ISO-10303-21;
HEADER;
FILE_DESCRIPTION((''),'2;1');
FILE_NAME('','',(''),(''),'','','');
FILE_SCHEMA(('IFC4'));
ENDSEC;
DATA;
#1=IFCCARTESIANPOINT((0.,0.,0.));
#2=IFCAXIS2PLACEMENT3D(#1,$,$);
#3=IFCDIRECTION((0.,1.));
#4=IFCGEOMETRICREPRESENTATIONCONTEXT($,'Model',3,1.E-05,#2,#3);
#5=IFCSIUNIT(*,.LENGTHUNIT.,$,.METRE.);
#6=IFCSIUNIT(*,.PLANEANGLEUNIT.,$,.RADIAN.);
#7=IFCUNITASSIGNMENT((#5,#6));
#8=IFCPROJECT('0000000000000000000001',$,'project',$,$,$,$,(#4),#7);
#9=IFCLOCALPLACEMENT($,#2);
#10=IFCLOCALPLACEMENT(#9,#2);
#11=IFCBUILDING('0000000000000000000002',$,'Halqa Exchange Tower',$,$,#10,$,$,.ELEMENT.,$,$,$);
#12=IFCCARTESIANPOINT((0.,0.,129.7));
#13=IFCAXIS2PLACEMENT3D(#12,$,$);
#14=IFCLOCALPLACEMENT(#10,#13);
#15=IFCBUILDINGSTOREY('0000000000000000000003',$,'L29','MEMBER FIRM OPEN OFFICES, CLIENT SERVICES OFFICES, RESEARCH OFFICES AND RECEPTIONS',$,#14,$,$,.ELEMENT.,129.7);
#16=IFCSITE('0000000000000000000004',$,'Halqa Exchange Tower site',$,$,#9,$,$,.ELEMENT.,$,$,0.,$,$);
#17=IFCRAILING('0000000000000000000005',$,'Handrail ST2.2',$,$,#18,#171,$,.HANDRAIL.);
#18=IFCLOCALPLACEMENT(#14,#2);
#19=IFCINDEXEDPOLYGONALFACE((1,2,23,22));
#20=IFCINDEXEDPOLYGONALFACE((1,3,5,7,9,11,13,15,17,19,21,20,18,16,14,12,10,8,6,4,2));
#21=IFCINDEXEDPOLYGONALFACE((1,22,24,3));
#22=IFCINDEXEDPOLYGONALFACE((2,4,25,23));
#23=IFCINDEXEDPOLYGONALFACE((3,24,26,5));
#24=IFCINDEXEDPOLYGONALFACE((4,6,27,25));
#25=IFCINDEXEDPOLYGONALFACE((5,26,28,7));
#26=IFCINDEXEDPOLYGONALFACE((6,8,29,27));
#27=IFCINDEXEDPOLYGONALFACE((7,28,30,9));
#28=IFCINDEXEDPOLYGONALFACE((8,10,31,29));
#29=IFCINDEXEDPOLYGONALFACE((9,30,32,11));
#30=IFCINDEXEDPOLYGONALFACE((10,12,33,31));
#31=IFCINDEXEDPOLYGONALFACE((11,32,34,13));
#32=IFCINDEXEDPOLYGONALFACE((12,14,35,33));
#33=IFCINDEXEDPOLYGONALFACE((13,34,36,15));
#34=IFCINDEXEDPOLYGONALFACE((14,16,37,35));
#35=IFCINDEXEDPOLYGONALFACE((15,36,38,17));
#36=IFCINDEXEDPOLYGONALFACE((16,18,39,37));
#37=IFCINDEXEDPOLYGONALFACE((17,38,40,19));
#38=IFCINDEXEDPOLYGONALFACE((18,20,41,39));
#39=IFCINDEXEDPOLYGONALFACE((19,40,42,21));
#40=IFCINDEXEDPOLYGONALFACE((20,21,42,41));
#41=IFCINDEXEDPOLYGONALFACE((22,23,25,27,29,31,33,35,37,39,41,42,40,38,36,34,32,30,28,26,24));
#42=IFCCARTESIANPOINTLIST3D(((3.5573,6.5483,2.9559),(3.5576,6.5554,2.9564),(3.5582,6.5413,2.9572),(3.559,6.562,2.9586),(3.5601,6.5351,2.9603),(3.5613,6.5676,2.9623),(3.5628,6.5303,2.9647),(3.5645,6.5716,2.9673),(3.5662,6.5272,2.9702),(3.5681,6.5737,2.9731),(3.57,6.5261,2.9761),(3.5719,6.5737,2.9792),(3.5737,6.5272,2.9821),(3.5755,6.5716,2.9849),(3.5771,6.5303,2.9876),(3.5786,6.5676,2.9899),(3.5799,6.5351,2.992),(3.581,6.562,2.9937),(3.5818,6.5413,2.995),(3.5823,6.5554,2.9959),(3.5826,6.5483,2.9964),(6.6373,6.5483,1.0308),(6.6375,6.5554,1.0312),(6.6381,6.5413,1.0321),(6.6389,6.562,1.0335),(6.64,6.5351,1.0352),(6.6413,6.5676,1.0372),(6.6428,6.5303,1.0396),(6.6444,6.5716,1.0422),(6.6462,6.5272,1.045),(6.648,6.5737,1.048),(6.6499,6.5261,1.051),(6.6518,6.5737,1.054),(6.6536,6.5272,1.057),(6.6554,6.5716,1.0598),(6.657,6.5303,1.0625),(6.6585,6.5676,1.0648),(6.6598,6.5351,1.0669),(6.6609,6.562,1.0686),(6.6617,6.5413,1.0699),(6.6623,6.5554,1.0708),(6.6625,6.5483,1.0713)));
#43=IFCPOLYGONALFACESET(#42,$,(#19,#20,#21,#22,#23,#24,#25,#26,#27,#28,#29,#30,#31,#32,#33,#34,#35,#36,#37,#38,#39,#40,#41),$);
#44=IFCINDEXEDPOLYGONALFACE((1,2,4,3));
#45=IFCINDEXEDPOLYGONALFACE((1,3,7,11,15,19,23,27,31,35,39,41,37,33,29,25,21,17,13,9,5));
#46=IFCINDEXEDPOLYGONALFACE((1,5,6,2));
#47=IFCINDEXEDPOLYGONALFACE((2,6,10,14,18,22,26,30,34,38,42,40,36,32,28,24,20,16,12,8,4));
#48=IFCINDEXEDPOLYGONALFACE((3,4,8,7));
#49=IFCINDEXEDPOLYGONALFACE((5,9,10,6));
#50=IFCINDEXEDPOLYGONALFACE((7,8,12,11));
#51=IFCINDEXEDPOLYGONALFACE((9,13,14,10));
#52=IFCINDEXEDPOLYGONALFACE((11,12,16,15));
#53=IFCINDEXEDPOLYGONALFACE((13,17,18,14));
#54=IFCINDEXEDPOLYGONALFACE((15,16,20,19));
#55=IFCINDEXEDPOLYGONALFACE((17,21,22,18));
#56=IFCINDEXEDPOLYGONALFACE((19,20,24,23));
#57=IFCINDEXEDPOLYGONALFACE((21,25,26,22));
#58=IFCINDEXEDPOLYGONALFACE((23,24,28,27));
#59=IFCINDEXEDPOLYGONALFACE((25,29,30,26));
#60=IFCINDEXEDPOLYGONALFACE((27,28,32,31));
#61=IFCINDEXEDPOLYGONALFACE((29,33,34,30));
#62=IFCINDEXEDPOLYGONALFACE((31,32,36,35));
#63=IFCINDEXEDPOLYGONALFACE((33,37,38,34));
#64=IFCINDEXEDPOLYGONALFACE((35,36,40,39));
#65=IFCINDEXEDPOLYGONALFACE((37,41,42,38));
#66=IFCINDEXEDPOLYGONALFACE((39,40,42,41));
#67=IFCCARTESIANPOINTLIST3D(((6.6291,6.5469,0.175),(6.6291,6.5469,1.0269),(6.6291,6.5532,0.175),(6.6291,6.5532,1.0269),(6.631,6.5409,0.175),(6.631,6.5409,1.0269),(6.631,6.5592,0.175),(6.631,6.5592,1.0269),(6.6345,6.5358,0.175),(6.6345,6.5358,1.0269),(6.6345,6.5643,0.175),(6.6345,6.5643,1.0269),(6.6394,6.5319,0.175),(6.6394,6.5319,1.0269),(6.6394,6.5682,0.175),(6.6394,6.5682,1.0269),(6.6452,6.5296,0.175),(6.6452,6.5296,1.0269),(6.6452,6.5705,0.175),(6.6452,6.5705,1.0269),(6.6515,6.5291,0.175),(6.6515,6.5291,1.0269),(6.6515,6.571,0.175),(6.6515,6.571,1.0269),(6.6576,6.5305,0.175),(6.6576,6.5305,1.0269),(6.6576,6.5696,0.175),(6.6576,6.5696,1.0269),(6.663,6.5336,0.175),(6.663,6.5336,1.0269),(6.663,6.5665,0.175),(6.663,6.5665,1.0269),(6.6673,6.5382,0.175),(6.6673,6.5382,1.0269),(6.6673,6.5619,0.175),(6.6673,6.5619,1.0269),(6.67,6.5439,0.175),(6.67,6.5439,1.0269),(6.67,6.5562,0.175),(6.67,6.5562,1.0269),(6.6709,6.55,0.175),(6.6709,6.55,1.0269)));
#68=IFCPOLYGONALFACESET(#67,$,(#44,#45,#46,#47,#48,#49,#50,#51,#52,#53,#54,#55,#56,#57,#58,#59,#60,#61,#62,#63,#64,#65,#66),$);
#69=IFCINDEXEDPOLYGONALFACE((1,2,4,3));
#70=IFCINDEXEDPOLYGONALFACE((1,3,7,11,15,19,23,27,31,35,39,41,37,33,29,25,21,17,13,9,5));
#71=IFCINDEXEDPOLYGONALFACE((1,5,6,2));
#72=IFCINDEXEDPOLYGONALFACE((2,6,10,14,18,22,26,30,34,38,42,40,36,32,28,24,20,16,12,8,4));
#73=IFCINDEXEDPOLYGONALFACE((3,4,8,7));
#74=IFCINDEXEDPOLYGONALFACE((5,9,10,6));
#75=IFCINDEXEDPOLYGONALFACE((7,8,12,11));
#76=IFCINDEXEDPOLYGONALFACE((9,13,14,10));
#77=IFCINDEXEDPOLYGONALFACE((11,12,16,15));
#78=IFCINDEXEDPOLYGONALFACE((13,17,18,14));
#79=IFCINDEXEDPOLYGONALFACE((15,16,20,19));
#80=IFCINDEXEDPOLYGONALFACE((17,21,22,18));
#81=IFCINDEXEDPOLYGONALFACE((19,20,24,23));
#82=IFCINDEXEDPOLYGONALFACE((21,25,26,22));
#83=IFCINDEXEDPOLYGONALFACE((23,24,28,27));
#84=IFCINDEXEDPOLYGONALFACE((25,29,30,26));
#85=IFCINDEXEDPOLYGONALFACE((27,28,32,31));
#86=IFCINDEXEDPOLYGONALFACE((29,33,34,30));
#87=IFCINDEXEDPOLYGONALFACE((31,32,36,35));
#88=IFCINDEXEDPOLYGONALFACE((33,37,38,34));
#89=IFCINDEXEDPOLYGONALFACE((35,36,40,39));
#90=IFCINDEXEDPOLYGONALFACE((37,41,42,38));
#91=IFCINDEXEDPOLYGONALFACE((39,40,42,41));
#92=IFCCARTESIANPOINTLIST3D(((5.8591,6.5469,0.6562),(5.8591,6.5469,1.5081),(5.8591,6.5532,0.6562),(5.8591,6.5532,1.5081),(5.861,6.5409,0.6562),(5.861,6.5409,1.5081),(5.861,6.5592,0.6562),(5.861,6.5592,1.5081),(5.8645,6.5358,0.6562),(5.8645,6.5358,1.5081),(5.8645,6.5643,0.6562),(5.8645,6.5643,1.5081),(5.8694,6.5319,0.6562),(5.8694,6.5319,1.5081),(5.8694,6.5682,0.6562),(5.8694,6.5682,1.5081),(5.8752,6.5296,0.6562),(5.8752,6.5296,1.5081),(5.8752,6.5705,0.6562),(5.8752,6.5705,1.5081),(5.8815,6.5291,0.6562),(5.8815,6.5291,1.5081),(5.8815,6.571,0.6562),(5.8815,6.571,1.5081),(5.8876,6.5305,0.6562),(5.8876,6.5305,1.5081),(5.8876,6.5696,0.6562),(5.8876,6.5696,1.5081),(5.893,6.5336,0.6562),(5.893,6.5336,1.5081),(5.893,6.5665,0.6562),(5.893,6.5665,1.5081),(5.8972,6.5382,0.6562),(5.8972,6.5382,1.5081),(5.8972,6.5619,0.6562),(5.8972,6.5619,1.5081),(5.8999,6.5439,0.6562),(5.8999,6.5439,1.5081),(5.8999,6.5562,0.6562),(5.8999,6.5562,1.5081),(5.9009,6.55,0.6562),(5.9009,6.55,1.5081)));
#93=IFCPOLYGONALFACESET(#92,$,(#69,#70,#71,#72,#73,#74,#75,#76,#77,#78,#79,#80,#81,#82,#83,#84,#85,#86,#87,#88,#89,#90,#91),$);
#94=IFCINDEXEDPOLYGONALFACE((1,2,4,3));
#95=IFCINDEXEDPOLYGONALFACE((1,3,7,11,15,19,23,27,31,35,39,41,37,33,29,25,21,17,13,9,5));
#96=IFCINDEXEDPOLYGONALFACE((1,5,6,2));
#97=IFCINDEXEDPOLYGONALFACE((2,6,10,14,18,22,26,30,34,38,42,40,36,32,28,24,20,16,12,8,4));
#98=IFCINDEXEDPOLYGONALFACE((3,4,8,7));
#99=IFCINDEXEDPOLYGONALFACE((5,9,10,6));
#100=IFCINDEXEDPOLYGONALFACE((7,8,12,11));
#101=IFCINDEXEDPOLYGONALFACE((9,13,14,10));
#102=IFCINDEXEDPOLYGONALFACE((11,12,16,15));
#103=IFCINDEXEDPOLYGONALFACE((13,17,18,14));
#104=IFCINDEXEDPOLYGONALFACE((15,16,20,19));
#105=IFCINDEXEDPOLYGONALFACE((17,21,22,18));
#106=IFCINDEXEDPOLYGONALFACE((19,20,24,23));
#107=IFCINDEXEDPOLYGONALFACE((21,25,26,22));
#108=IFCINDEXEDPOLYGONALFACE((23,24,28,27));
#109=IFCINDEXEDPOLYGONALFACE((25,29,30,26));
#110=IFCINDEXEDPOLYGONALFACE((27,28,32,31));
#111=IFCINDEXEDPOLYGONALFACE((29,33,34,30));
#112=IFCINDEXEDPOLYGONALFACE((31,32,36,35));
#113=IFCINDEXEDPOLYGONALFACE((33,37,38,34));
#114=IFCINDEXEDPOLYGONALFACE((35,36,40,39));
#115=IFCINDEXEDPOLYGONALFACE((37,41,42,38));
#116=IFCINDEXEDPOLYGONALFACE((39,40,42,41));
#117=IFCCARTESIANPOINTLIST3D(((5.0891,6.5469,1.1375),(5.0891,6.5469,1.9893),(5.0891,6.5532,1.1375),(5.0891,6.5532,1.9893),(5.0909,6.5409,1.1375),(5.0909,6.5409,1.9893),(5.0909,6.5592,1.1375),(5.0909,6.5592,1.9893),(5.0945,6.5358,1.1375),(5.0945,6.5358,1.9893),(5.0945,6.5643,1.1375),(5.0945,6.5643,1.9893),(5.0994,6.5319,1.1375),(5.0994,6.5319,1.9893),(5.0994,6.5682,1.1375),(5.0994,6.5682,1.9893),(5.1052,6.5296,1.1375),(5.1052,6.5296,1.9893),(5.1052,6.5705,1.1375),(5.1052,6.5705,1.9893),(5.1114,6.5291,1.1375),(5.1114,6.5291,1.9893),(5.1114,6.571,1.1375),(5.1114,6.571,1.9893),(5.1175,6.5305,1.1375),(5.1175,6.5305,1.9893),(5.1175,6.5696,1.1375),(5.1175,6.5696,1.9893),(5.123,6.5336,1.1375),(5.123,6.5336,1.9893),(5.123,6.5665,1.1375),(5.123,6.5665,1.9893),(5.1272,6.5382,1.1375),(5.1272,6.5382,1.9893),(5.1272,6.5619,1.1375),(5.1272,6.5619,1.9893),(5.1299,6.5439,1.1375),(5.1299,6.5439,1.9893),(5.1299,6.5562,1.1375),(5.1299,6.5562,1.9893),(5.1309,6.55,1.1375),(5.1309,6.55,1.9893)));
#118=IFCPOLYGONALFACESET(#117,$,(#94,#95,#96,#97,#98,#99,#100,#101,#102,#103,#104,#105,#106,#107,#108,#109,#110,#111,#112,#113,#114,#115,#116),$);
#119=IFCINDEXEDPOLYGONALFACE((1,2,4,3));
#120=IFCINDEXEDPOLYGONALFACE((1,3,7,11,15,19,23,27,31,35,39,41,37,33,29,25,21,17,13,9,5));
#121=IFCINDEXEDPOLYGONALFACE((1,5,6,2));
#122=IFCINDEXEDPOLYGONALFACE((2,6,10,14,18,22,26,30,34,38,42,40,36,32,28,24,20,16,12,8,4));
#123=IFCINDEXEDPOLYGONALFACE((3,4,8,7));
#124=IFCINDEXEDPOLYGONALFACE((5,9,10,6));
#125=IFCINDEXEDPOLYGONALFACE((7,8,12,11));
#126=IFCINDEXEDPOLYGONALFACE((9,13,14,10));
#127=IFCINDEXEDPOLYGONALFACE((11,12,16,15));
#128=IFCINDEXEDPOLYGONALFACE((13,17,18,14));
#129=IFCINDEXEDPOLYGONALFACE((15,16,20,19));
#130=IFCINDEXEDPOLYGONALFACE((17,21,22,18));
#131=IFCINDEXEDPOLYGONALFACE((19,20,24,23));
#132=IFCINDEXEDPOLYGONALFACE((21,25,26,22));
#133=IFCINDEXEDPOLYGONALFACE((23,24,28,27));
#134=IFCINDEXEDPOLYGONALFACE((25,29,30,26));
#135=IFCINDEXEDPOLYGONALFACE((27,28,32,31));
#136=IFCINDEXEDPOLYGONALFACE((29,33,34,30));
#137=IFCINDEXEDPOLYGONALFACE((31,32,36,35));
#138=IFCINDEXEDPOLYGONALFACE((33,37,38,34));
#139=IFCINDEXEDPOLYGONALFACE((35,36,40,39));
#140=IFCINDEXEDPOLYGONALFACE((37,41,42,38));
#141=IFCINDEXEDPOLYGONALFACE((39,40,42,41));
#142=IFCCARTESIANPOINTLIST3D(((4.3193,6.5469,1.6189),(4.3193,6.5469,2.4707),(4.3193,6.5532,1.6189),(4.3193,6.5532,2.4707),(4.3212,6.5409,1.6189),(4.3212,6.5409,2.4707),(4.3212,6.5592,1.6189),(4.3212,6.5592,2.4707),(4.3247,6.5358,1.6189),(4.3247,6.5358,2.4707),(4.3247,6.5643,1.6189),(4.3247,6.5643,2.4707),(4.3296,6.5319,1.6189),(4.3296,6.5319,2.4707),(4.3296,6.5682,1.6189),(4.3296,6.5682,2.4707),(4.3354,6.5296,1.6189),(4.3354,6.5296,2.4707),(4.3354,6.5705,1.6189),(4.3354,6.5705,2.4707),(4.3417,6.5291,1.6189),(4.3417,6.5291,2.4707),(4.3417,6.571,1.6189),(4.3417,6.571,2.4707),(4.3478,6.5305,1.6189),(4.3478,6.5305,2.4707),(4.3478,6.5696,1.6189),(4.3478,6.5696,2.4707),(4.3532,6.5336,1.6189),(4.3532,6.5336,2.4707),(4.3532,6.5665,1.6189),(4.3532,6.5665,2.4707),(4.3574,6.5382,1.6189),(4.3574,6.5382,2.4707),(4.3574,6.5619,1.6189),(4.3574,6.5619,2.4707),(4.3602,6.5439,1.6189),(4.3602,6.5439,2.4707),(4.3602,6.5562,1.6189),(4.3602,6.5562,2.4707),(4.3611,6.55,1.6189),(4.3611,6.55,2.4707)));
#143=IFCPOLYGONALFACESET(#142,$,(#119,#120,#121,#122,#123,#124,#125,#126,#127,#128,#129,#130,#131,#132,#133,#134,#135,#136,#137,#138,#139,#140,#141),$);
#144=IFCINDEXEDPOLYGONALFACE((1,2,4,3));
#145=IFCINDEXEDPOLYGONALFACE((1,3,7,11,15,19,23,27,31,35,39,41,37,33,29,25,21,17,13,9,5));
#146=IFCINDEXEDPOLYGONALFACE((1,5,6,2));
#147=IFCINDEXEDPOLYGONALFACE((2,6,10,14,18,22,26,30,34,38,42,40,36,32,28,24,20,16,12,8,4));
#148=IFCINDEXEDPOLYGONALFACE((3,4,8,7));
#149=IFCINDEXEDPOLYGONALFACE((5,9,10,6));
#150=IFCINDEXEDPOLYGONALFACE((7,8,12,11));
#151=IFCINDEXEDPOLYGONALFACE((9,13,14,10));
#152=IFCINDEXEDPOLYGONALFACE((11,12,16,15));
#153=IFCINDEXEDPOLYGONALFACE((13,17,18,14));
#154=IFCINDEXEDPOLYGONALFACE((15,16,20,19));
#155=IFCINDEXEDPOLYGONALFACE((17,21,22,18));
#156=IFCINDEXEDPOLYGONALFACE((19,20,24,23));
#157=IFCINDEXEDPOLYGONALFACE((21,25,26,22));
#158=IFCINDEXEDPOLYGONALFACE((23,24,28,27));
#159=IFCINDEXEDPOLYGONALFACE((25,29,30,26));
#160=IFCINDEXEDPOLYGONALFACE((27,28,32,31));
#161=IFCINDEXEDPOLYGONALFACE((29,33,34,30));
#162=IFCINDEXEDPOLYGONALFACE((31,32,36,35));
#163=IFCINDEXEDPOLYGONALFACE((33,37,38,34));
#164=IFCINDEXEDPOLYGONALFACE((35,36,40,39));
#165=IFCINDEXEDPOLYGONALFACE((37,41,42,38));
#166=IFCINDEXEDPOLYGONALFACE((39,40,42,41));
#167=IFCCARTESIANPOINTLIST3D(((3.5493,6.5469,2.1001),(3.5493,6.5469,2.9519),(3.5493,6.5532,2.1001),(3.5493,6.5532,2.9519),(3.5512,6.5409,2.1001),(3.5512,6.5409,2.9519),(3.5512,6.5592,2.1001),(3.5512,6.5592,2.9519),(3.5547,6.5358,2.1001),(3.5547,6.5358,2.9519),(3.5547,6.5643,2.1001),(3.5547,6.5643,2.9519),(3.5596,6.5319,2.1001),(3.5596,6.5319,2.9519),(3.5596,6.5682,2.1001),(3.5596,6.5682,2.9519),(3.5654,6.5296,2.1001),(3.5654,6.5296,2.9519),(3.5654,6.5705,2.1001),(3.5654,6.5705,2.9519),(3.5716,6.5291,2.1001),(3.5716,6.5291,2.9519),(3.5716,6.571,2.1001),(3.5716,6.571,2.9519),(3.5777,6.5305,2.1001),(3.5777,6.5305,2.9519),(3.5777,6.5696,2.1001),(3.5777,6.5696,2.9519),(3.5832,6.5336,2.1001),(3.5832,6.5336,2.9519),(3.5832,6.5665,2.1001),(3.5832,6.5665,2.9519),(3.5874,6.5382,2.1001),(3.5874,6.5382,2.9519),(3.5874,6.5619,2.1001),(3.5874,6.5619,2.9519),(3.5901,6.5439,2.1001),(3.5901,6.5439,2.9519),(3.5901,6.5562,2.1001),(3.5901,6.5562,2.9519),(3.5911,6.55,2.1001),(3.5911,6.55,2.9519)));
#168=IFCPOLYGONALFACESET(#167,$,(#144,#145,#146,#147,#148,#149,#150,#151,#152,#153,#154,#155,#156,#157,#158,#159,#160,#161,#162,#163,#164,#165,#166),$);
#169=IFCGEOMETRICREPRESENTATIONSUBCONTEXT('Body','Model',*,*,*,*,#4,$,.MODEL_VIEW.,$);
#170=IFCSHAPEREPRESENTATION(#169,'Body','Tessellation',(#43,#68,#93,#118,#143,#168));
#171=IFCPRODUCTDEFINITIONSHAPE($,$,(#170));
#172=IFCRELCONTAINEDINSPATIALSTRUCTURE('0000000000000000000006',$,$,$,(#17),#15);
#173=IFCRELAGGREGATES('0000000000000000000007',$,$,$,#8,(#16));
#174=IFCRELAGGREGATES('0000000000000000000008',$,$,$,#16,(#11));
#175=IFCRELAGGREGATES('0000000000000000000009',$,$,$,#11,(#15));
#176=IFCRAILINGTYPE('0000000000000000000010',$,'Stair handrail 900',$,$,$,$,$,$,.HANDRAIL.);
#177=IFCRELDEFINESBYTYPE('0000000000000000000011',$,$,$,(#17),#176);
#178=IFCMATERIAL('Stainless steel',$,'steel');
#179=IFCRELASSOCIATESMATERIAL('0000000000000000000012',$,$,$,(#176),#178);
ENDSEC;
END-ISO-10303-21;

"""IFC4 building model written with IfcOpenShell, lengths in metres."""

from ifc_helpers import new_model, si_unit, direction, frame, origin, origin_2d, place, context, subcontext, project, spatial, circle, extrude, material, type_object, element, save


model = new_model("IFC4")

# Units and contexts
model_context = context("Model", 3, precision=1e-05, world=origin(), true_north=direction((0.0, 1.0)))
body_context = subcontext(model_context, "Body", "Model", "MODEL_VIEW")
ifc_project = project(units=[si_unit("LENGTHUNIT", "METRE"), si_unit("PLANEANGLEUNIT", "RADIAN")], contexts=[model_context])

# Site, building, storey
site_placement = place(None, origin())
site = spatial("IfcSite", under=ifc_project, at=site_placement, Name="Halqa Exchange Tower site", CompositionType="ELEMENT", RefElevation=0.0)
building_placement = place(site_placement, origin())
building = spatial("IfcBuilding", under=site, at=building_placement, Name="Halqa Exchange Tower", CompositionType="ELEMENT")
storey_placement = place(building_placement, frame((0.0, 0.0, 129.7)))
storey = spatial("IfcBuildingStorey", under=building, at=storey_placement, Name="L29", Description="MEMBER FIRM OPEN OFFICES, CLIENT SERVICES OFFICES, RESEARCH OFFICES AND RECEPTIONS", CompositionType="ELEMENT", Elevation=129.7)

# Railing
ifc_material_1 = material(Name="Stainless steel", Category="steel")
railing_type_1 = type_object("IfcRailingType", Name="Stair handrail 900", PredefinedType="HANDRAIL", material=ifc_material_1)
railing_1_placement = place(storey_placement, frame((6.6499, 6.55, 0.175)))
element("IfcRailing", 1, at=railing_1_placement, inside=storey, type_object=railing_type_1, Name="Handrail ST2.2", PredefinedType="HANDRAIL", context=body_context, shape_type="SweptSolid", body=[
    extrude(circle(Radius=0.0239, at=origin_2d()), frame((0.0, 0.0, 0.876), z_axis=(-0.847979, 0.0, 0.530029), x_axis=(0.0, -1.0, 0.0)), (0.0, 0.0, 1.0), 3.6321),
    extrude(circle(Radius=0.021, at=origin_2d()), origin(), (0.0, 0.0, 1.0), 0.8518),
    extrude(circle(Radius=0.021, at=origin_2d()), frame((-0.77, 0.0, 0.4812)), (0.0, 0.0, 1.0), 0.8518),
    extrude(circle(Radius=0.021, at=origin_2d()), frame((-1.54, 0.0, 0.9624)), (0.0, 0.0, 1.0), 0.8518),
    extrude(circle(Radius=0.021, at=origin_2d()), frame((-2.3098, 0.0, 1.4438)), (0.0, 0.0, 1.0), 0.8518),
    extrude(circle(Radius=0.021, at=origin_2d()), frame((-3.0798, 0.0, 1.925)), (0.0, 0.0, 1.0), 0.8518),
])

save(model, "model.ifc")
